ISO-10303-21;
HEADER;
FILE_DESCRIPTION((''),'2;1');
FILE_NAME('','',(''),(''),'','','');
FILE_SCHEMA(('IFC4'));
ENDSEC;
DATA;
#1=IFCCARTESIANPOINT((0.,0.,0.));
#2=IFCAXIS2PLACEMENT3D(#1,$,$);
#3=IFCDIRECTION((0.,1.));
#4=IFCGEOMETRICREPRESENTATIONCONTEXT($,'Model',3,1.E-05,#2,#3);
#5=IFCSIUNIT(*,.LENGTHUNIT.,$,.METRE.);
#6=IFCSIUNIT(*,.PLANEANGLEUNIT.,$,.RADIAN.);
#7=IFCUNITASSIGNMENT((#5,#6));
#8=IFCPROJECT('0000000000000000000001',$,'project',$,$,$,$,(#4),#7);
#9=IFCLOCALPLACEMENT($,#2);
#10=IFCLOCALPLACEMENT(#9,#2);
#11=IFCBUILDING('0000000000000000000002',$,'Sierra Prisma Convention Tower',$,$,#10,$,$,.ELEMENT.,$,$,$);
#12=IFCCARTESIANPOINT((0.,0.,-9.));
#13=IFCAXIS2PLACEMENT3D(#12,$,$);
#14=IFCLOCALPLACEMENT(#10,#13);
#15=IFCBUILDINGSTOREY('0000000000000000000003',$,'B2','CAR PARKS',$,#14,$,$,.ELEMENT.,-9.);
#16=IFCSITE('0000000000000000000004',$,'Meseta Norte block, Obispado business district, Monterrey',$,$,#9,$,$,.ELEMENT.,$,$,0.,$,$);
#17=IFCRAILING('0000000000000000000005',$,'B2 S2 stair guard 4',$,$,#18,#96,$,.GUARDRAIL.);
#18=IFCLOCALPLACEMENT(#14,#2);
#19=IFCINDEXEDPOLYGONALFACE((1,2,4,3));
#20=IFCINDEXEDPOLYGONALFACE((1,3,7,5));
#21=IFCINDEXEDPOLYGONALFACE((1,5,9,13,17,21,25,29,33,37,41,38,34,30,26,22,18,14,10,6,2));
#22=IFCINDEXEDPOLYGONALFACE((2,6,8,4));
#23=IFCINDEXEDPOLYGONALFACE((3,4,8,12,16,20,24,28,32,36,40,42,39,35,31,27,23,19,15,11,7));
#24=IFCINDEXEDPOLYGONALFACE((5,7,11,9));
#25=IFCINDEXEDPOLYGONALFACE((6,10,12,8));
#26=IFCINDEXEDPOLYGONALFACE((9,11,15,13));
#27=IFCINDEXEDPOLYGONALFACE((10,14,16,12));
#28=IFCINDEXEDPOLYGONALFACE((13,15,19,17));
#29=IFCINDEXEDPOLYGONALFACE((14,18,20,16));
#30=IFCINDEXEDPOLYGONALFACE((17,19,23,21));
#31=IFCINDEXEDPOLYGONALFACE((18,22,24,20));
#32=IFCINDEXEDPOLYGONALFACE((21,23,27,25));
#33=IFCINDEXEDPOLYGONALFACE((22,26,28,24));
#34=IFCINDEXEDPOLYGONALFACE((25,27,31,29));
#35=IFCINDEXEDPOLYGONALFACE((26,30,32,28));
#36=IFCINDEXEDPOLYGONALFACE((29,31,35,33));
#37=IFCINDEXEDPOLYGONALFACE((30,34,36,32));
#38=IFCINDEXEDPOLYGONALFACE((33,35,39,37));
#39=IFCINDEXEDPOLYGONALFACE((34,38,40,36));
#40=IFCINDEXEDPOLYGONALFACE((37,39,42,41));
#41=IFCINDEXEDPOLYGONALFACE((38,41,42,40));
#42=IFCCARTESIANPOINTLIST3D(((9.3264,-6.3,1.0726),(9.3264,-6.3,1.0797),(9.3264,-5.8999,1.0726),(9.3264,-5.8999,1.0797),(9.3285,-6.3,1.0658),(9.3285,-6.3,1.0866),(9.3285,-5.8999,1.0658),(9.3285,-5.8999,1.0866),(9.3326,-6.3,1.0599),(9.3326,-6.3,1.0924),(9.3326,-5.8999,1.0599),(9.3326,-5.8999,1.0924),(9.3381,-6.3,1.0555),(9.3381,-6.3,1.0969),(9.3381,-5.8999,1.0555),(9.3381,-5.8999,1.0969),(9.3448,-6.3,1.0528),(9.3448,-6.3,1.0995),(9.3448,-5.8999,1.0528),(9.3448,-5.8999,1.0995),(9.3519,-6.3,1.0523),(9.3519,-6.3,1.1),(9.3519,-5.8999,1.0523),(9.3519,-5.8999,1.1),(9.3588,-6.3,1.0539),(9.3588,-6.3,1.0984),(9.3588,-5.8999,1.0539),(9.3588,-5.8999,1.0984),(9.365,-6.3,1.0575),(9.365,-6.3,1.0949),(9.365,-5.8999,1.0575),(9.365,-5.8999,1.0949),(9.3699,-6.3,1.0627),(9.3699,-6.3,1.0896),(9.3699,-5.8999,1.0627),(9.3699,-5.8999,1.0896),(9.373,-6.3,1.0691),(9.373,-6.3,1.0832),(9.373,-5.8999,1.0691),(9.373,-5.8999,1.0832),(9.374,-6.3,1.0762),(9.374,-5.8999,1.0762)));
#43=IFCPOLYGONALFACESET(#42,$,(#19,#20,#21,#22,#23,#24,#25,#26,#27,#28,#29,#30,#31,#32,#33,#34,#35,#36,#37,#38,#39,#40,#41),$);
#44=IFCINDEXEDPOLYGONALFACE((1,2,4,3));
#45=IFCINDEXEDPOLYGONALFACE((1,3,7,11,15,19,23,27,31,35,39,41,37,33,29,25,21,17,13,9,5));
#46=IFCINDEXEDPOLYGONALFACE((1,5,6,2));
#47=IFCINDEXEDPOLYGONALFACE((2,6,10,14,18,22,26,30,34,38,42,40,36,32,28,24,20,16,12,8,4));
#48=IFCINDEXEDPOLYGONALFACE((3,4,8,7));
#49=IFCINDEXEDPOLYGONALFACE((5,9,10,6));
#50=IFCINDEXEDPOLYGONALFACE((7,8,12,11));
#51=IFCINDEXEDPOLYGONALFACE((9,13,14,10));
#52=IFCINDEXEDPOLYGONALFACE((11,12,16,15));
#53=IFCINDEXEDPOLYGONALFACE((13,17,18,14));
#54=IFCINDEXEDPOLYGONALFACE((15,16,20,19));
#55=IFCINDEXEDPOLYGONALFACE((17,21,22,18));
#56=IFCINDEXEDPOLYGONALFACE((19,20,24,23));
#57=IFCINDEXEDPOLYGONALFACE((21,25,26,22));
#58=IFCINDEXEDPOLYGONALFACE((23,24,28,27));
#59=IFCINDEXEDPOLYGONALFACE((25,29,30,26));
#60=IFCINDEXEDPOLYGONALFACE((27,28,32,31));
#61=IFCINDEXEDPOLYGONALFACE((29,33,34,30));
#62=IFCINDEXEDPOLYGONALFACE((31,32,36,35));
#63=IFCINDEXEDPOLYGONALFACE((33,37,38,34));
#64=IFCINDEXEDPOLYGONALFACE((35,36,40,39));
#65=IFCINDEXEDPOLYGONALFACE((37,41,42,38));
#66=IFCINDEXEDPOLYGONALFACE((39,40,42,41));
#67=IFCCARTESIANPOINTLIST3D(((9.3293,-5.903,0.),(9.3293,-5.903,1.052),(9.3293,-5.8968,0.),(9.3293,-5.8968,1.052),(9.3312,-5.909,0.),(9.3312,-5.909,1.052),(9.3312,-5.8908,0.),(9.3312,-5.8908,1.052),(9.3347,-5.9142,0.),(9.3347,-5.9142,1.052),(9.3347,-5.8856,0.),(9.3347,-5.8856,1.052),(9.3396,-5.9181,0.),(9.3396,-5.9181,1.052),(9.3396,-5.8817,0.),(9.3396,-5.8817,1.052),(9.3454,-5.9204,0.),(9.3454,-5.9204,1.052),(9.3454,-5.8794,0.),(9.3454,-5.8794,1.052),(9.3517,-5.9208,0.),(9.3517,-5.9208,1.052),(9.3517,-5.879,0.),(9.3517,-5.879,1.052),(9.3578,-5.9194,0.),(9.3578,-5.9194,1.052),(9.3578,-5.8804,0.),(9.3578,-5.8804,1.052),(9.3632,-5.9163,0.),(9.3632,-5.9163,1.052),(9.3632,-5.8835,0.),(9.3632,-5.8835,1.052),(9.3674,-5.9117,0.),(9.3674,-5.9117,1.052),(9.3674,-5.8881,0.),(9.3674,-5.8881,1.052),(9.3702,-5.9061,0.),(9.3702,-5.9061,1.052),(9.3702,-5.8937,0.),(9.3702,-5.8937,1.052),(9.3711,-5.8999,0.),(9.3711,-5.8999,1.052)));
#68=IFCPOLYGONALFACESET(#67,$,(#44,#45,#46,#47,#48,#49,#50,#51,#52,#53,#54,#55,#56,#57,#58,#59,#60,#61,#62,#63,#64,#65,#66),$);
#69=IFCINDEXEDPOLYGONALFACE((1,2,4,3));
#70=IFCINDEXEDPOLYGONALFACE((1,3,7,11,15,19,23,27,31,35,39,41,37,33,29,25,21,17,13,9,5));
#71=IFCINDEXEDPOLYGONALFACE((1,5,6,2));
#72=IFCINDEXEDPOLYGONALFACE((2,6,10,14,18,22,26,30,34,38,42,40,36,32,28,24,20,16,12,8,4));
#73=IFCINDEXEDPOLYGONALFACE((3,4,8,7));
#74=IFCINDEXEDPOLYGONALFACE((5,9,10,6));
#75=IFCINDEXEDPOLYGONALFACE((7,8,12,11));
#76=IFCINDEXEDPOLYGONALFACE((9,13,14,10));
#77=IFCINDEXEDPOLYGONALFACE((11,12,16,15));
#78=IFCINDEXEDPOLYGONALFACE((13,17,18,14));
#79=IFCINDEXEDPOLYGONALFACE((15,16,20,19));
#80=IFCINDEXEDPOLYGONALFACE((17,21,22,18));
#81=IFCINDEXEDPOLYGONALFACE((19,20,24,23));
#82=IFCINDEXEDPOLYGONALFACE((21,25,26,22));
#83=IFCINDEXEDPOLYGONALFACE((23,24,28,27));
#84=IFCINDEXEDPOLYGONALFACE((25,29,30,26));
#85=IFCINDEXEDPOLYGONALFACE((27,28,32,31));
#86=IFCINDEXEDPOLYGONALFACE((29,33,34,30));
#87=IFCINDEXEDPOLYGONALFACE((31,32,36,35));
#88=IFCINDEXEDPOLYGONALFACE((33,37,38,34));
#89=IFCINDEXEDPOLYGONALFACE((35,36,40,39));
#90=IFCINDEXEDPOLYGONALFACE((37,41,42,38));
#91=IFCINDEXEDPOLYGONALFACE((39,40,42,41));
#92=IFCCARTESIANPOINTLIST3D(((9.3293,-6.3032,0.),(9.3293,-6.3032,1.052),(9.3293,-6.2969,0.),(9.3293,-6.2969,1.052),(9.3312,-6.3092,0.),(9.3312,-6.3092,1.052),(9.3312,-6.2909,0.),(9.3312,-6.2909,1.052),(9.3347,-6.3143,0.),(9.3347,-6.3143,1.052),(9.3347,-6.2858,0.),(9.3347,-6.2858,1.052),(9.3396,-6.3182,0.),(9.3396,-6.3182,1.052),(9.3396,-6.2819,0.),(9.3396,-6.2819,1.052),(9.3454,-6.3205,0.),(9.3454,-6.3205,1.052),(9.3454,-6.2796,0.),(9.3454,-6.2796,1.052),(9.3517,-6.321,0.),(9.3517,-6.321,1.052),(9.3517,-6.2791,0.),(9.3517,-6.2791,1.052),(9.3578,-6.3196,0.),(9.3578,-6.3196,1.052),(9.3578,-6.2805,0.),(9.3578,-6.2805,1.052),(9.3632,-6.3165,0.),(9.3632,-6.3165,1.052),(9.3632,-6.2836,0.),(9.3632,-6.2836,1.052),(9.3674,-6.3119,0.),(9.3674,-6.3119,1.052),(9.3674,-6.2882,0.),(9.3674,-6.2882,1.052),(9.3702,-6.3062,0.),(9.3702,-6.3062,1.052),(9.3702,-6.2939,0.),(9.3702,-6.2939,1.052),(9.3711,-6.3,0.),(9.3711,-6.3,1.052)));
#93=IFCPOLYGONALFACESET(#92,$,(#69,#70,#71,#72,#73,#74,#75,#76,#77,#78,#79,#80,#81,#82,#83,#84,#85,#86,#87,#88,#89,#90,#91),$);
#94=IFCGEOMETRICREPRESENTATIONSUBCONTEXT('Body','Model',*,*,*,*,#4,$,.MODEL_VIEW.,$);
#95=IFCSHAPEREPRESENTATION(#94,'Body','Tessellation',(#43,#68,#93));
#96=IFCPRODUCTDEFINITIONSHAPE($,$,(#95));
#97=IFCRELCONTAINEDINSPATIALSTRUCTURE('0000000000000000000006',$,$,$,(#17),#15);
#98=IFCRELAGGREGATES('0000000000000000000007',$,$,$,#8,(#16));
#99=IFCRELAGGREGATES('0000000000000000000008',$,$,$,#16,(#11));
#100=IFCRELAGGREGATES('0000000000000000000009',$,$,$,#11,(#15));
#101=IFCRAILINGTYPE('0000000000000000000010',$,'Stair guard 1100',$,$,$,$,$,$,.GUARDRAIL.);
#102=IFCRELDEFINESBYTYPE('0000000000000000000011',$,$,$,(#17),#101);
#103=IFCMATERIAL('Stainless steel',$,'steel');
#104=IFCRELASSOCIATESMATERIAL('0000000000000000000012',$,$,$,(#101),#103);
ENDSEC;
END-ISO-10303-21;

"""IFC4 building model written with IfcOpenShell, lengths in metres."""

from ifc_helpers import new_model, si_unit, direction, frame, origin, origin_2d, place, context, subcontext, project, spatial, circle, extrude, material, type_object, element, save


model = new_model("IFC4")

# Units and contexts
model_context = context("Model", 3, precision=1e-05, world=origin(), true_north=direction((0.0, 1.0)))
body_context = subcontext(model_context, "Body", "Model", "MODEL_VIEW")
ifc_project = project(units=[si_unit("LENGTHUNIT", "METRE"), si_unit("PLANEANGLEUNIT", "RADIAN")], contexts=[model_context])

# Site, building, storey
site_placement = place(None, origin())
site = spatial("IfcSite", under=ifc_project, at=site_placement, Name="Meseta Norte block, Obispado business district, Monterrey", CompositionType="ELEMENT", RefElevation=0.0)
building_placement = place(site_placement, origin())
building = spatial("IfcBuilding", under=site, at=building_placement, Name="Sierra Prisma Convention Tower", CompositionType="ELEMENT")
storey_placement = place(building_placement, frame((0.0, 0.0, -9.0)))
storey = spatial("IfcBuildingStorey", under=building, at=storey_placement, Name="B2", Description="CAR PARKS", CompositionType="ELEMENT", Elevation=-9.0)

# Railing
ifc_material_1 = material(Name="Stainless steel", Category="steel")
railing_type_1 = type_object("IfcRailingType", Name="Stair guard 1100", PredefinedType="GUARDRAIL", material=ifc_material_1)
railing_1_placement = place(storey_placement, frame((9.3501, -5.8999, 0.0)))
element("IfcRailing", 1, at=railing_1_placement, inside=storey, type_object=railing_type_1, Name="B2 S2 stair guard 4", PredefinedType="GUARDRAIL", context=body_context, shape_type="SweptSolid", body=[
    extrude(circle(Radius=0.0239, at=origin_2d()), frame((0.0, 0.0, 1.0762), z_axis=(0.0, -1.0, 0.0), x_axis=(1.0, 0.0, 0.0)), (0.0, 0.0, 1.0), 0.4001),
    extrude(circle(Radius=0.021, at=origin_2d()), origin(), (0.0, 0.0, 1.0), 1.052),
    extrude(circle(Radius=0.021, at=origin_2d()), frame((0.0, -0.4001, 0.0)), (0.0, 0.0, 1.0), 1.052),
])

save(model, "model.ifc")
